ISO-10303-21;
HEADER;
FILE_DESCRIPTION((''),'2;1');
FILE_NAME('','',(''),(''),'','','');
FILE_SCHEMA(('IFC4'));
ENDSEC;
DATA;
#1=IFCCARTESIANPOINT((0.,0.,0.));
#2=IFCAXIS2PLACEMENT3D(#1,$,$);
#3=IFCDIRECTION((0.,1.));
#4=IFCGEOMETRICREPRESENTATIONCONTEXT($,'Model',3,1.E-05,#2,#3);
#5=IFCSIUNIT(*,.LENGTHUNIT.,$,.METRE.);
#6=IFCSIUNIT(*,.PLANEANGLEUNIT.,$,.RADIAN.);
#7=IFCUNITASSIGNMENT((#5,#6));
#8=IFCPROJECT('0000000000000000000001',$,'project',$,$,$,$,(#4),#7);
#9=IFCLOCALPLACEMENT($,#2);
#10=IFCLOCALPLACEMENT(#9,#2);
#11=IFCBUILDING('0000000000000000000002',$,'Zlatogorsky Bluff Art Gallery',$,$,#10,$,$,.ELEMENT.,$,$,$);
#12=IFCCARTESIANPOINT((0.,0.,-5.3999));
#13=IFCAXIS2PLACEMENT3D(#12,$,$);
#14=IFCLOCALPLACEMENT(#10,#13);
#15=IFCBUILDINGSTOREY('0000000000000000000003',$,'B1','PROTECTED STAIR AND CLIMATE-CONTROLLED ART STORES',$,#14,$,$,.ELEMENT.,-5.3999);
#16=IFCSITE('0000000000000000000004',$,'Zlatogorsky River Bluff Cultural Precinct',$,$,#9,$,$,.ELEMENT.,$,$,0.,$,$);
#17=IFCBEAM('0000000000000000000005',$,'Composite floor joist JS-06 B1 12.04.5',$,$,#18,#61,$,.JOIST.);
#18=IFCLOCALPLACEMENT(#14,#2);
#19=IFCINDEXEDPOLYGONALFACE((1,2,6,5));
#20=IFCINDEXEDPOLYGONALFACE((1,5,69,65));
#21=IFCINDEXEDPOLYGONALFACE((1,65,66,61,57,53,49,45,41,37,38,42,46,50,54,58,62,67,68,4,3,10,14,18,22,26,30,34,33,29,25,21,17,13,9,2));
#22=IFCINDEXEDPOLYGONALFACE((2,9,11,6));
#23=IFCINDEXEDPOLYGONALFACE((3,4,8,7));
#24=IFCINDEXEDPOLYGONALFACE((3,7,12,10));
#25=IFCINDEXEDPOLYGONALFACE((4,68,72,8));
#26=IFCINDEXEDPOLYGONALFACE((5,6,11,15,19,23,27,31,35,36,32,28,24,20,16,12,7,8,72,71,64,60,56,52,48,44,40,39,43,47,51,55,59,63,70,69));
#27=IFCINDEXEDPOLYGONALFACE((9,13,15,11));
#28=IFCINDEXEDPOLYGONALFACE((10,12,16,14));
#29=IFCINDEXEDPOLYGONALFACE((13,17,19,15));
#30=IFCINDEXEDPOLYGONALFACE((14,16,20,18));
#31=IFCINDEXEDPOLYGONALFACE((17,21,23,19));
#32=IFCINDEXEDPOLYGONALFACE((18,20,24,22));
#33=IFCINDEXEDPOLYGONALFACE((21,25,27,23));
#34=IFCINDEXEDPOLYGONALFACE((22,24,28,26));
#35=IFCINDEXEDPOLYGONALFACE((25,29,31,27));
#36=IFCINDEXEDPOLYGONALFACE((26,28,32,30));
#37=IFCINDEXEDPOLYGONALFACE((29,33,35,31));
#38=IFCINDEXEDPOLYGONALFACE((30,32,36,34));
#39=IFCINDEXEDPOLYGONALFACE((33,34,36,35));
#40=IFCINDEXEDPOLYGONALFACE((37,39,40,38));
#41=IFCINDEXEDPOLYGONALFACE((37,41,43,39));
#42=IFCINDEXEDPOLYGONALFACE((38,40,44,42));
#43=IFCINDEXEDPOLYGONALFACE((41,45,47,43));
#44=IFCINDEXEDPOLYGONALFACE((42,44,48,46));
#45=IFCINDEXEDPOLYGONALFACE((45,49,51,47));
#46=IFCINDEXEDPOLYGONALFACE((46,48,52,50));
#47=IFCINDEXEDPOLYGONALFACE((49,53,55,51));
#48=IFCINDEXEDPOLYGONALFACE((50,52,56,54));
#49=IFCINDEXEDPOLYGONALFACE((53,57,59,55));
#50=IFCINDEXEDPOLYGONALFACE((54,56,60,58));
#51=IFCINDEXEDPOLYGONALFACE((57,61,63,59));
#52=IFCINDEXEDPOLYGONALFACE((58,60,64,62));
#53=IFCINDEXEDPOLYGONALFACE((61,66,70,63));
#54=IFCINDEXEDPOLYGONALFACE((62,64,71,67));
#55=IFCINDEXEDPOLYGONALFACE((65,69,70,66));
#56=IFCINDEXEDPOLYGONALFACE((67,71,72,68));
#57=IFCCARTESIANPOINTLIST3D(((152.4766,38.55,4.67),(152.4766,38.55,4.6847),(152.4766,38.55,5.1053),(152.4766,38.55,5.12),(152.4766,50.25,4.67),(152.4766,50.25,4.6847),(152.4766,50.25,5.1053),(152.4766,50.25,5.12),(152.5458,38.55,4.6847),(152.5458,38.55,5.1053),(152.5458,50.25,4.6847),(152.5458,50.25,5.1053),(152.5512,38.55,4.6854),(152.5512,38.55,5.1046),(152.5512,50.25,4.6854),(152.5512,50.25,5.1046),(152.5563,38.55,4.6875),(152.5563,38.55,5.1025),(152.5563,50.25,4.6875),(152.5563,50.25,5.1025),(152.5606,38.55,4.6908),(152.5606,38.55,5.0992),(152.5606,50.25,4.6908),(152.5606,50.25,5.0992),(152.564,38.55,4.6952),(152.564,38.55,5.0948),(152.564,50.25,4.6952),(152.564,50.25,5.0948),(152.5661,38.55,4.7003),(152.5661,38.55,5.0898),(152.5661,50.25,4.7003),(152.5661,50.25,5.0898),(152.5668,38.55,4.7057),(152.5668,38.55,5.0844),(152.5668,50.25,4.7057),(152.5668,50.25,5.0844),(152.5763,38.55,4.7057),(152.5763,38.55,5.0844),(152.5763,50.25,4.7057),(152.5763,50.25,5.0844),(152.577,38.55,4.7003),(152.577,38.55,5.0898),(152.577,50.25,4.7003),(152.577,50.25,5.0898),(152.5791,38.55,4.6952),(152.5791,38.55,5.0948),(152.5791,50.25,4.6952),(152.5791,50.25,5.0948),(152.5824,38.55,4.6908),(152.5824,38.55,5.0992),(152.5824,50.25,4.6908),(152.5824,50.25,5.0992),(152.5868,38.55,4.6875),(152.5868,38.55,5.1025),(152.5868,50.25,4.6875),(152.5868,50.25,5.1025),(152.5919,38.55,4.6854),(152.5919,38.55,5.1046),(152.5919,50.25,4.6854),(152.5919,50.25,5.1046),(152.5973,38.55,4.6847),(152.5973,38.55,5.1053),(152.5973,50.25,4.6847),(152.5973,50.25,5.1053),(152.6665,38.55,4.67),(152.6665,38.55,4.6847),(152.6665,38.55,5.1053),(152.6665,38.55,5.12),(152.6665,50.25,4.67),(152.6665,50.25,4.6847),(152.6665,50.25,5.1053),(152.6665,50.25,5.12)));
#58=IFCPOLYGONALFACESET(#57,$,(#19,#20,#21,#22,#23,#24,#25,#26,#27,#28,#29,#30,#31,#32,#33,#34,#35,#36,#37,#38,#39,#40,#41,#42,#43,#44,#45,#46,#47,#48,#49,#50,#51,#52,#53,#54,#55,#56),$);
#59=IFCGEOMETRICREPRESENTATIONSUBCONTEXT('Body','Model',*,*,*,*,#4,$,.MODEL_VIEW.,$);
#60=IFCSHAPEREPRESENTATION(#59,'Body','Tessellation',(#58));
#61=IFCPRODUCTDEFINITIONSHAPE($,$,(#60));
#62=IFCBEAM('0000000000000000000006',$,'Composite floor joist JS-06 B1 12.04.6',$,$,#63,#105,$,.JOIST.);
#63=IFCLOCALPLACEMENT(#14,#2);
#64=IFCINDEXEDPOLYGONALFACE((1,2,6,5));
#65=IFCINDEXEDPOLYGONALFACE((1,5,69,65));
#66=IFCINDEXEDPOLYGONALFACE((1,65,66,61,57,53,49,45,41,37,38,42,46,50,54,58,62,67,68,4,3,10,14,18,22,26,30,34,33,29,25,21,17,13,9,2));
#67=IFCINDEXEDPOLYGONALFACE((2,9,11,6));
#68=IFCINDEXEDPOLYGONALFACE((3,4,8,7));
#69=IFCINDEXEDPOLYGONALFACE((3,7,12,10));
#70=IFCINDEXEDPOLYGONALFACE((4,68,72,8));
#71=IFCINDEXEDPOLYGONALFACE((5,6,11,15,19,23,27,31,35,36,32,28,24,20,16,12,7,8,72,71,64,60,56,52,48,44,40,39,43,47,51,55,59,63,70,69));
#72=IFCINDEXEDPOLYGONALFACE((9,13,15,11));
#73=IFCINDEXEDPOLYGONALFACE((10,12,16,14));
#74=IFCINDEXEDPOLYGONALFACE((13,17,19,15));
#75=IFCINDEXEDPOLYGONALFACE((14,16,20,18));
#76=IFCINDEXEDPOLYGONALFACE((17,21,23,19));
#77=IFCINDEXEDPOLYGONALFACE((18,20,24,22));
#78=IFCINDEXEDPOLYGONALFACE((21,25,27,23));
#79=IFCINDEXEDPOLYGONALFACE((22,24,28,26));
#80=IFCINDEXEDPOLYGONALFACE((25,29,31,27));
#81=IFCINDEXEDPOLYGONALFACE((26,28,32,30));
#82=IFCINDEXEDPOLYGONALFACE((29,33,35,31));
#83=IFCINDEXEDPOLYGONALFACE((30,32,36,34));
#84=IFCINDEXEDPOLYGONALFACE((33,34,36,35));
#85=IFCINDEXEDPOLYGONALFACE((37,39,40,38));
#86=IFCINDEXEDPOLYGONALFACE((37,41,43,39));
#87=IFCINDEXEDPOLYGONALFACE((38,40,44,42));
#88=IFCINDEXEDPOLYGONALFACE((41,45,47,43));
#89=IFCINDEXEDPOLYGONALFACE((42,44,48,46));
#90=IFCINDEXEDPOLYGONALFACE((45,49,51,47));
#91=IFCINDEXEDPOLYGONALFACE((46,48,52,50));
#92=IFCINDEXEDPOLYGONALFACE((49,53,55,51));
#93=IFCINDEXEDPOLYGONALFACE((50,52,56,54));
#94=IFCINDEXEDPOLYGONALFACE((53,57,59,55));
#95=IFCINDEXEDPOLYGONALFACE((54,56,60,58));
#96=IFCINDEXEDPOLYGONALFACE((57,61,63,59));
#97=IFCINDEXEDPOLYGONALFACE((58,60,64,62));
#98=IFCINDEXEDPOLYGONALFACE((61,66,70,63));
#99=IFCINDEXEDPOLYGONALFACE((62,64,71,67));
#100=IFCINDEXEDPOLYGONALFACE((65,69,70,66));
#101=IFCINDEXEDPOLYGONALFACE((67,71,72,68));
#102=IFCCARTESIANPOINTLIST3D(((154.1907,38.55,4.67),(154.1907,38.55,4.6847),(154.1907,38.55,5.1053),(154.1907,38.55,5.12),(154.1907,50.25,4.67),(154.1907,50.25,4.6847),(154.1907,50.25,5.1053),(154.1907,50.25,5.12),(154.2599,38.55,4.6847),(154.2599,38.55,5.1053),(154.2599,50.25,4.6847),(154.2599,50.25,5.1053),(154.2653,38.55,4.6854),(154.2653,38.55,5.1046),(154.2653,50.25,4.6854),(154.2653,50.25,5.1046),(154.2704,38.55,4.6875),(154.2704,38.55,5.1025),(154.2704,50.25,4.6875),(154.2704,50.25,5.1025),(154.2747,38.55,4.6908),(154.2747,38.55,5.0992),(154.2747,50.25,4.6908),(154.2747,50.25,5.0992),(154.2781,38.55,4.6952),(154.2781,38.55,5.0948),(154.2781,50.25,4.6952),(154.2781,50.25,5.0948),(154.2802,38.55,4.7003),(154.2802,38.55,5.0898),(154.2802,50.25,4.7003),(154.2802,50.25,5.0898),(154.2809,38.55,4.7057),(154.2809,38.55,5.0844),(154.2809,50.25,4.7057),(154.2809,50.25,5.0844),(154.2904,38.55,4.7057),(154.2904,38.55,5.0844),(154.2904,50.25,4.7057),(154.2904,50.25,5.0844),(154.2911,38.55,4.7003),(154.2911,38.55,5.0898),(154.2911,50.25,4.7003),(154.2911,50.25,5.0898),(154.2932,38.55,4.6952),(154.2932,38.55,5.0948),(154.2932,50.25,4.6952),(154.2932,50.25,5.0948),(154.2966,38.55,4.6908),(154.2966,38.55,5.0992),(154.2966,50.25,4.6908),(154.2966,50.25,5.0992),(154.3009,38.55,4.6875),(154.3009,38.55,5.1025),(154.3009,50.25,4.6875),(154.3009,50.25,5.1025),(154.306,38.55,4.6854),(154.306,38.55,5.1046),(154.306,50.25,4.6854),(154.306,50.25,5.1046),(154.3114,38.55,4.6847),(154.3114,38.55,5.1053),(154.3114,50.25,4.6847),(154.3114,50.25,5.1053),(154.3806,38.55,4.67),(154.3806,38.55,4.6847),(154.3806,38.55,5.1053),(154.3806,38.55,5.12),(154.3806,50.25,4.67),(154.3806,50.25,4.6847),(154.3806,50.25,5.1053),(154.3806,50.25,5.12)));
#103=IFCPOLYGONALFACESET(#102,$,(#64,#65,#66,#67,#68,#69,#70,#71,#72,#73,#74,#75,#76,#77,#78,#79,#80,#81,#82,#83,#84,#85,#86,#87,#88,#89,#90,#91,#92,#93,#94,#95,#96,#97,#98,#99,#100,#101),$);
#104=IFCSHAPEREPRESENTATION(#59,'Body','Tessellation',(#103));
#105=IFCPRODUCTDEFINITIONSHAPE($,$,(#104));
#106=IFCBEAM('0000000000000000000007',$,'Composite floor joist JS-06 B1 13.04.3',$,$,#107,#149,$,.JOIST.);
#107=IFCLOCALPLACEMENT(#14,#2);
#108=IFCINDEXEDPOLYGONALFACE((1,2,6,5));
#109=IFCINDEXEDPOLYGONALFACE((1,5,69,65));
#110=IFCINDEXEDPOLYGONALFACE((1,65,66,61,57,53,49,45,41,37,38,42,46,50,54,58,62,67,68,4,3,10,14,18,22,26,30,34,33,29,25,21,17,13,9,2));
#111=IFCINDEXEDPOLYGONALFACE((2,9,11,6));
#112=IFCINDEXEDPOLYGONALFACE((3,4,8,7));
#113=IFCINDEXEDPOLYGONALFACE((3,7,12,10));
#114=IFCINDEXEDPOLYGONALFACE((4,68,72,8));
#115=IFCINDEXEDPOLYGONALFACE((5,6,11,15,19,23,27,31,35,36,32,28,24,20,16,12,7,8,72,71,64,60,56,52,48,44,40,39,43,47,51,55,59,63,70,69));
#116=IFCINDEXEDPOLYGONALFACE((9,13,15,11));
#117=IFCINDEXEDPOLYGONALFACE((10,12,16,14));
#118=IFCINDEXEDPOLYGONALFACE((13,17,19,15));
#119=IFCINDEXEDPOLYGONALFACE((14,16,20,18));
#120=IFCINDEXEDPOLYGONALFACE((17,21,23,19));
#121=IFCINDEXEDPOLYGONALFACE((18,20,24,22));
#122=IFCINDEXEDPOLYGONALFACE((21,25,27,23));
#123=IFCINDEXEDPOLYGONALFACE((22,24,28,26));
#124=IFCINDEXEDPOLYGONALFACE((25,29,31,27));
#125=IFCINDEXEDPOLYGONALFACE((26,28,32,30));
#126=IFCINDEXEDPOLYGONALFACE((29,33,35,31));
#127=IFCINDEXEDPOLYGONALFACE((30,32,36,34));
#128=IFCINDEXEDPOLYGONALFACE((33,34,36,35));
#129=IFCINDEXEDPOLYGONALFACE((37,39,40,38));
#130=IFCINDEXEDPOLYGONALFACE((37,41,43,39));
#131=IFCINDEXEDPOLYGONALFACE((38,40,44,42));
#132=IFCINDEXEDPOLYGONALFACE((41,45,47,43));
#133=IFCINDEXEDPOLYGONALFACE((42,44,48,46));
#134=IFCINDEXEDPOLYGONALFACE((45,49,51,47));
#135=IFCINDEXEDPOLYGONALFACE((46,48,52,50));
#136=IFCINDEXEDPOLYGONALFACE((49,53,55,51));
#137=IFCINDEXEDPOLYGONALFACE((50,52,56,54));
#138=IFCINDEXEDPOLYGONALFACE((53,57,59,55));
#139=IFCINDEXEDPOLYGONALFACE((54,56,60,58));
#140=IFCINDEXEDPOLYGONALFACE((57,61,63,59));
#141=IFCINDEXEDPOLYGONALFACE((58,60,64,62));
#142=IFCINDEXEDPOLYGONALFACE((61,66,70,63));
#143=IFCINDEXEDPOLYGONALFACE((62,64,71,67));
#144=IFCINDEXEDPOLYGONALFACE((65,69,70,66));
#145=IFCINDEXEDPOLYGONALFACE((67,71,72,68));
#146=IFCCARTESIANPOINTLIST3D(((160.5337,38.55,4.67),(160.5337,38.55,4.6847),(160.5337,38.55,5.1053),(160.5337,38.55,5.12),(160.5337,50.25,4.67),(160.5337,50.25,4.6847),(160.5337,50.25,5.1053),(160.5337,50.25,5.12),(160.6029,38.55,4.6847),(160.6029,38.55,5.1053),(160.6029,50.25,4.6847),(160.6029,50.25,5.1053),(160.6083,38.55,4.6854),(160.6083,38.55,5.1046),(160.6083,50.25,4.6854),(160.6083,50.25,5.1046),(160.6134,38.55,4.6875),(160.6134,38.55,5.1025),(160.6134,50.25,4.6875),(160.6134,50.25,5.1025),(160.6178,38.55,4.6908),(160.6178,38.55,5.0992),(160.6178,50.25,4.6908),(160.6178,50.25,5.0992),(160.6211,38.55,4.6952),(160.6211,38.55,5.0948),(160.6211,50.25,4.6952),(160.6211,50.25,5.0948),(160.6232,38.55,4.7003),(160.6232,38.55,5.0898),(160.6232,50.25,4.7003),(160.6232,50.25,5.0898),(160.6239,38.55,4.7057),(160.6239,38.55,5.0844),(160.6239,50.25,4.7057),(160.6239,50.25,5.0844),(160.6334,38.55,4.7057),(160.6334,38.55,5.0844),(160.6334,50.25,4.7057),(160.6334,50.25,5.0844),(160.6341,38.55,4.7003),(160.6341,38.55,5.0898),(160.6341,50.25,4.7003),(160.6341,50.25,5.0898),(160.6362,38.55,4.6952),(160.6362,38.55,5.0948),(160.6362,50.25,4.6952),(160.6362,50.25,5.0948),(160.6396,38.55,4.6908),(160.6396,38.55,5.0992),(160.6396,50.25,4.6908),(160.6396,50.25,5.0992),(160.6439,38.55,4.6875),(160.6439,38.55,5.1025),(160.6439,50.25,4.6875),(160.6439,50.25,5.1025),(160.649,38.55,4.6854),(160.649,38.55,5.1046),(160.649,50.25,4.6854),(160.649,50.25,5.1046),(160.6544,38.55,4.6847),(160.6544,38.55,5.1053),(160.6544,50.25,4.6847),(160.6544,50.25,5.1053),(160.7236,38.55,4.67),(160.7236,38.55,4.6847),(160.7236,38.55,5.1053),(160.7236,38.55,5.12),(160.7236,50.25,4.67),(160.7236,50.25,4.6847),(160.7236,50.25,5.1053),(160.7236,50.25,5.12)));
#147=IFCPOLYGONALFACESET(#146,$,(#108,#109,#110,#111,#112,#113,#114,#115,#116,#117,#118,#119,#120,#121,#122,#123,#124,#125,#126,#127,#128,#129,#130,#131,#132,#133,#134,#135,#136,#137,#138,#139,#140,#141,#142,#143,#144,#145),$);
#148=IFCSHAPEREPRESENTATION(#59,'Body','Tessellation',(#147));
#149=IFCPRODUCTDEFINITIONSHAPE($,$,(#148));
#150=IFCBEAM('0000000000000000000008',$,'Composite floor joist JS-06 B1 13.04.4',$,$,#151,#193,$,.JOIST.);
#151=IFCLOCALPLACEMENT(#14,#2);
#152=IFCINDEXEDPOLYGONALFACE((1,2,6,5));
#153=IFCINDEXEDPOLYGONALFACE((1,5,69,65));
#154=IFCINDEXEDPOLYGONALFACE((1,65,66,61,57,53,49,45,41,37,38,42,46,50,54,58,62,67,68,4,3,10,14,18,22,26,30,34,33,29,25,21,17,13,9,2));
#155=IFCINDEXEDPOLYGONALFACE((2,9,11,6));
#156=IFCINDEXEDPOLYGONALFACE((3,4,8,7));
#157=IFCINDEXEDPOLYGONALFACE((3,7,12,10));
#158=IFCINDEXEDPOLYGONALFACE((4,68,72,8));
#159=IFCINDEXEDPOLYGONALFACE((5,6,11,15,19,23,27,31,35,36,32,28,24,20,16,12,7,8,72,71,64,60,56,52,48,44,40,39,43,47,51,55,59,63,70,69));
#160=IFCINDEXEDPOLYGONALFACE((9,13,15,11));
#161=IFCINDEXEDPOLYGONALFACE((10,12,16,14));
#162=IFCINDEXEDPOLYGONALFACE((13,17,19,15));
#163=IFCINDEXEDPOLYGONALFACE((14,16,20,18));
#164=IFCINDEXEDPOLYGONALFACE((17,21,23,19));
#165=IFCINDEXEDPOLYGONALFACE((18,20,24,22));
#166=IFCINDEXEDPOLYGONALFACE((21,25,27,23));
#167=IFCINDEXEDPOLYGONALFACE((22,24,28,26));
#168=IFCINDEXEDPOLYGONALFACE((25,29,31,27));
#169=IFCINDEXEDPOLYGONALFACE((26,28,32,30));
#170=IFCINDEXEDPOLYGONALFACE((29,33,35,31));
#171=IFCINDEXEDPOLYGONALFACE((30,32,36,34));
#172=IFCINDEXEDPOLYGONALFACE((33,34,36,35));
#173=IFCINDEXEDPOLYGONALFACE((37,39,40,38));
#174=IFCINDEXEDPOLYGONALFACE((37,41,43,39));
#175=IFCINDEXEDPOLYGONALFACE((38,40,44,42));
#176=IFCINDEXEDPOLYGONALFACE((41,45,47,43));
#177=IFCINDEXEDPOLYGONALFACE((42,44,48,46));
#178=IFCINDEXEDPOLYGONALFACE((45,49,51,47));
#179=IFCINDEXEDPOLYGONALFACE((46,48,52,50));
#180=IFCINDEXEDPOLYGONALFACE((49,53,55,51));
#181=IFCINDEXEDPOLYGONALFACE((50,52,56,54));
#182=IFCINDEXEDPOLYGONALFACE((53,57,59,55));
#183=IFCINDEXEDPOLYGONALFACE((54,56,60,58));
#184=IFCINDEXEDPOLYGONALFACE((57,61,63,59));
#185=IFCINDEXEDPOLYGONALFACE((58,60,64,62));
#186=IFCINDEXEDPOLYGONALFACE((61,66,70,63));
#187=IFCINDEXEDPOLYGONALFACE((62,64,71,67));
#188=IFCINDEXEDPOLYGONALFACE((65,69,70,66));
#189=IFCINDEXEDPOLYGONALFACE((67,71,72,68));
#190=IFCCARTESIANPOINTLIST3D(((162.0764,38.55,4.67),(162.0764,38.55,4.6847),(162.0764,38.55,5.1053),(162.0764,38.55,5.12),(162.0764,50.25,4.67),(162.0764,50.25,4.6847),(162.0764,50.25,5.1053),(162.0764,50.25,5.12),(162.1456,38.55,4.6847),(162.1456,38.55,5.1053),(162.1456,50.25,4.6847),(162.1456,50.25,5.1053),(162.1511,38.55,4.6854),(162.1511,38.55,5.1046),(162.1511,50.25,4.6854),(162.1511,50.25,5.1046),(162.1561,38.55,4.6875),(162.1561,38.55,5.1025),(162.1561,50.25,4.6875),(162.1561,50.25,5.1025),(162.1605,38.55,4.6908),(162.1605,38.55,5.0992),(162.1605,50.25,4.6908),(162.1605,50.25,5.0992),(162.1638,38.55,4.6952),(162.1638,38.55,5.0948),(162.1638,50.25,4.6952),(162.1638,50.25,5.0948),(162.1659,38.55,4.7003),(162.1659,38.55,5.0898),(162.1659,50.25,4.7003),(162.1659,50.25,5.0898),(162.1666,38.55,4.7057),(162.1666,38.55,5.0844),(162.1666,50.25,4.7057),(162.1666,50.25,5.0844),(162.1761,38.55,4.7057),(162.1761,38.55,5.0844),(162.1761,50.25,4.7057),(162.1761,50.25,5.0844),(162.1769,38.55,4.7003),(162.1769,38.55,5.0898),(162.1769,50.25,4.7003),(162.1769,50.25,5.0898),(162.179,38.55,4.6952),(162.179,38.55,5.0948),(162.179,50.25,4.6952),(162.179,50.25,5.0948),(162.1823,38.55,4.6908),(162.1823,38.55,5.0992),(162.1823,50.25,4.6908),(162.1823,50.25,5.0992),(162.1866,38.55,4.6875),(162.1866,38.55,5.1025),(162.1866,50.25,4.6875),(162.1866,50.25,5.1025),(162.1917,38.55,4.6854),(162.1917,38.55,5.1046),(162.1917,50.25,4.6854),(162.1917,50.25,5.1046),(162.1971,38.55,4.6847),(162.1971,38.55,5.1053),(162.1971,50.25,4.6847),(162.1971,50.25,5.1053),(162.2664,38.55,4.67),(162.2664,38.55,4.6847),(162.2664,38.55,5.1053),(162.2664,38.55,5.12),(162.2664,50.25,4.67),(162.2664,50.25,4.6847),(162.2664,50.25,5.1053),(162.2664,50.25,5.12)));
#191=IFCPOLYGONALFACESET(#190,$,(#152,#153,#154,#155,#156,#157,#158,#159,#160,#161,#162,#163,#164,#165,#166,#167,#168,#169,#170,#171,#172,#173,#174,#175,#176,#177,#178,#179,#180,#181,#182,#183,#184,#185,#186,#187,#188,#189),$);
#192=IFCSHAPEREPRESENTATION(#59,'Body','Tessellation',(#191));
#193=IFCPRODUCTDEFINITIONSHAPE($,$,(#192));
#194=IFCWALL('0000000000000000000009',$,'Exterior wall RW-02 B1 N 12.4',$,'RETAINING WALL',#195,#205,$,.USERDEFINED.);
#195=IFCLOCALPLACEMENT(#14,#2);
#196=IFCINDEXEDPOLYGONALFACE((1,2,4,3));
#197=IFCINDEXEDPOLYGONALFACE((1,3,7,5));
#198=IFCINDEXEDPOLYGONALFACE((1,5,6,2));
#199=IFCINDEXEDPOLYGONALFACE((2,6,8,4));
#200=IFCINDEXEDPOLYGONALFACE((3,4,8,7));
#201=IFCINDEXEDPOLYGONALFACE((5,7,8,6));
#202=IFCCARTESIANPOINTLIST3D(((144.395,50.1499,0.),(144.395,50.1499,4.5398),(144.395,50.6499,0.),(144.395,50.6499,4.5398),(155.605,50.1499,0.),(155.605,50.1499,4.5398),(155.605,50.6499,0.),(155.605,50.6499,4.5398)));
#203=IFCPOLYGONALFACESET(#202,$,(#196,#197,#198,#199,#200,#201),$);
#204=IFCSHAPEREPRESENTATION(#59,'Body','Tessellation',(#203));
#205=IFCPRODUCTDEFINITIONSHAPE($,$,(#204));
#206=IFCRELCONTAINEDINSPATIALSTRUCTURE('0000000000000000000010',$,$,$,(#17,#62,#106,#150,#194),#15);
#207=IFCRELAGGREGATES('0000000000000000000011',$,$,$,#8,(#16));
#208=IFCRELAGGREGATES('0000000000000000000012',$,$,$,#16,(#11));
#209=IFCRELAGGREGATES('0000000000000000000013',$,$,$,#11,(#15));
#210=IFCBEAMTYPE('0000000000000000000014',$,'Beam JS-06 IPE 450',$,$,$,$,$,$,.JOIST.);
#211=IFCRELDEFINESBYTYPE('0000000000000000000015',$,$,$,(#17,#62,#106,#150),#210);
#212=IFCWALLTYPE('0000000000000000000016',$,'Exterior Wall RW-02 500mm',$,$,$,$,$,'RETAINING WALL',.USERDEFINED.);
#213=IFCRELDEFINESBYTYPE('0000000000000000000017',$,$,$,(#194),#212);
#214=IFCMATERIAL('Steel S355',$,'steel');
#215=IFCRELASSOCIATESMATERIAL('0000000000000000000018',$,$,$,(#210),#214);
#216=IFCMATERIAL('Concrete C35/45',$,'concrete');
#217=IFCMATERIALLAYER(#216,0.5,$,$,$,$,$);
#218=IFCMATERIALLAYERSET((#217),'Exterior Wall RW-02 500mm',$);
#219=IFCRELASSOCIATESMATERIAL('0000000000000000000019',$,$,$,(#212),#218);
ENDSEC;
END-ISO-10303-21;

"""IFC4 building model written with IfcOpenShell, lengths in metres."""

from ifc_helpers import new_model, si_unit, direction, frame, frame_2d, origin, origin_2d, place, context, subcontext, project, spatial, rectangle, i_section, extrude, material, layer, layer_set, material_profile, profile_set, type_object, element, save


model = new_model("IFC4")

# Units and contexts
model_context = context("Model", 3, precision=1e-05, world=origin(), true_north=direction((0.0, 1.0)))
body_context = subcontext(model_context, "Body", "Model", "MODEL_VIEW")
ifc_project = project(units=[si_unit("LENGTHUNIT", "METRE"), si_unit("PLANEANGLEUNIT", "RADIAN")], contexts=[model_context])

# Site, building, storey
site_placement = place(None, origin())
site = spatial("IfcSite", under=ifc_project, at=site_placement, Name="Zlatogorsky River Bluff Cultural Precinct", CompositionType="ELEMENT", RefElevation=0.0)
building_placement = place(site_placement, origin())
building = spatial("IfcBuilding", under=site, at=building_placement, Name="Zlatogorsky Bluff Art Gallery", CompositionType="ELEMENT")
storey_placement = place(building_placement, frame((0.0, 0.0, -5.3999)))
storey = spatial("IfcBuildingStorey", under=building, at=storey_placement, Name="B1", Description="PROTECTED STAIR AND CLIMATE-CONTROLLED ART STORES", CompositionType="ELEMENT", Elevation=-5.3999)

# Shared definitions
ifc_material_1 = material(Name="Concrete C35/45", Category="concrete")

# Beams
ifc_material_2 = material(Name="Steel S355", Category="steel")
ifc_material_profile_1 = material_profile(ifc_material_2, i_section(OverallWidth=0.1899, OverallDepth=0.45, WebThickness=0.0095, FlangeThickness=0.0146, FilletRadius=0.021, at=origin_2d()), Name="IPE 450")
ifc_profile_set_1 = profile_set([ifc_material_profile_1], Name="Steel S355")
beam_type_1 = type_object("IfcBeamType", Name="Beam JS-06 IPE 450", PredefinedType="JOIST", material=ifc_profile_set_1)
for number, where, z_axis, x_axis, name in (
    (1, (152.5715, 38.55, 4.895), (0.0, 1.0, 0.0), (-1.0, 0.0, 0.0), "Composite floor joist JS-06 B1 12.04.5"),
    (2, (154.2856, 38.55, 4.895), (0.0, 1.0, 0.0), (-1.0, 0.0, 0.0), "Composite floor joist JS-06 B1 12.04.6"),
    (3, (160.6287, 38.55, 4.895), (0.0, 1.0, 0.0), (-1.0, 0.0, 0.0), "Composite floor joist JS-06 B1 13.04.3"),
    (4, (162.1714, 38.55, 4.895), (0.0, 1.0, 0.0), (-1.0, 0.0, 0.0), "Composite floor joist JS-06 B1 13.04.4"),
):
    element("IfcBeam", number, at=place(storey_placement, frame(where, z_axis=z_axis, x_axis=x_axis)), inside=storey, type_object=beam_type_1, Name=name, PredefinedType="JOIST", context=body_context, shape_type="SweptSolid", body=[
        extrude(i_section(OverallWidth=0.1899, OverallDepth=0.45, WebThickness=0.0095, FlangeThickness=0.0146, FilletRadius=0.021, at=origin_2d()), origin(), (0.0, 0.0, 1.0), 11.7),
    ])

# Wall
ifc_layer_1 = layer(ifc_material_1, 0.5)
ifc_layer_set_1 = layer_set([ifc_layer_1], Name="Exterior Wall RW-02 500mm")
wall_type_1 = type_object("IfcWallType", Name="Exterior Wall RW-02 500mm", ElementType="RETAINING WALL", PredefinedType="USERDEFINED", material=ifc_layer_set_1)
wall_1_placement = place(storey_placement, frame((155.605, 50.3999, 0.0), z_axis=(0.0, 0.0, 1.0), x_axis=(-1.0, 0.0, 0.0)))
element("IfcWall", 5, at=wall_1_placement, inside=storey, type_object=wall_type_1, Name="Exterior wall RW-02 B1 N 12.4", ObjectType="RETAINING WALL", PredefinedType="USERDEFINED", context=body_context, shape_type="SweptSolid", body=[
    extrude(rectangle(XDim=11.21, YDim=0.5, at=frame_2d((5.605, 0.0))), origin(), (0.0, 0.0, 1.0), 4.5398),
])

save(model, "model.ifc")
